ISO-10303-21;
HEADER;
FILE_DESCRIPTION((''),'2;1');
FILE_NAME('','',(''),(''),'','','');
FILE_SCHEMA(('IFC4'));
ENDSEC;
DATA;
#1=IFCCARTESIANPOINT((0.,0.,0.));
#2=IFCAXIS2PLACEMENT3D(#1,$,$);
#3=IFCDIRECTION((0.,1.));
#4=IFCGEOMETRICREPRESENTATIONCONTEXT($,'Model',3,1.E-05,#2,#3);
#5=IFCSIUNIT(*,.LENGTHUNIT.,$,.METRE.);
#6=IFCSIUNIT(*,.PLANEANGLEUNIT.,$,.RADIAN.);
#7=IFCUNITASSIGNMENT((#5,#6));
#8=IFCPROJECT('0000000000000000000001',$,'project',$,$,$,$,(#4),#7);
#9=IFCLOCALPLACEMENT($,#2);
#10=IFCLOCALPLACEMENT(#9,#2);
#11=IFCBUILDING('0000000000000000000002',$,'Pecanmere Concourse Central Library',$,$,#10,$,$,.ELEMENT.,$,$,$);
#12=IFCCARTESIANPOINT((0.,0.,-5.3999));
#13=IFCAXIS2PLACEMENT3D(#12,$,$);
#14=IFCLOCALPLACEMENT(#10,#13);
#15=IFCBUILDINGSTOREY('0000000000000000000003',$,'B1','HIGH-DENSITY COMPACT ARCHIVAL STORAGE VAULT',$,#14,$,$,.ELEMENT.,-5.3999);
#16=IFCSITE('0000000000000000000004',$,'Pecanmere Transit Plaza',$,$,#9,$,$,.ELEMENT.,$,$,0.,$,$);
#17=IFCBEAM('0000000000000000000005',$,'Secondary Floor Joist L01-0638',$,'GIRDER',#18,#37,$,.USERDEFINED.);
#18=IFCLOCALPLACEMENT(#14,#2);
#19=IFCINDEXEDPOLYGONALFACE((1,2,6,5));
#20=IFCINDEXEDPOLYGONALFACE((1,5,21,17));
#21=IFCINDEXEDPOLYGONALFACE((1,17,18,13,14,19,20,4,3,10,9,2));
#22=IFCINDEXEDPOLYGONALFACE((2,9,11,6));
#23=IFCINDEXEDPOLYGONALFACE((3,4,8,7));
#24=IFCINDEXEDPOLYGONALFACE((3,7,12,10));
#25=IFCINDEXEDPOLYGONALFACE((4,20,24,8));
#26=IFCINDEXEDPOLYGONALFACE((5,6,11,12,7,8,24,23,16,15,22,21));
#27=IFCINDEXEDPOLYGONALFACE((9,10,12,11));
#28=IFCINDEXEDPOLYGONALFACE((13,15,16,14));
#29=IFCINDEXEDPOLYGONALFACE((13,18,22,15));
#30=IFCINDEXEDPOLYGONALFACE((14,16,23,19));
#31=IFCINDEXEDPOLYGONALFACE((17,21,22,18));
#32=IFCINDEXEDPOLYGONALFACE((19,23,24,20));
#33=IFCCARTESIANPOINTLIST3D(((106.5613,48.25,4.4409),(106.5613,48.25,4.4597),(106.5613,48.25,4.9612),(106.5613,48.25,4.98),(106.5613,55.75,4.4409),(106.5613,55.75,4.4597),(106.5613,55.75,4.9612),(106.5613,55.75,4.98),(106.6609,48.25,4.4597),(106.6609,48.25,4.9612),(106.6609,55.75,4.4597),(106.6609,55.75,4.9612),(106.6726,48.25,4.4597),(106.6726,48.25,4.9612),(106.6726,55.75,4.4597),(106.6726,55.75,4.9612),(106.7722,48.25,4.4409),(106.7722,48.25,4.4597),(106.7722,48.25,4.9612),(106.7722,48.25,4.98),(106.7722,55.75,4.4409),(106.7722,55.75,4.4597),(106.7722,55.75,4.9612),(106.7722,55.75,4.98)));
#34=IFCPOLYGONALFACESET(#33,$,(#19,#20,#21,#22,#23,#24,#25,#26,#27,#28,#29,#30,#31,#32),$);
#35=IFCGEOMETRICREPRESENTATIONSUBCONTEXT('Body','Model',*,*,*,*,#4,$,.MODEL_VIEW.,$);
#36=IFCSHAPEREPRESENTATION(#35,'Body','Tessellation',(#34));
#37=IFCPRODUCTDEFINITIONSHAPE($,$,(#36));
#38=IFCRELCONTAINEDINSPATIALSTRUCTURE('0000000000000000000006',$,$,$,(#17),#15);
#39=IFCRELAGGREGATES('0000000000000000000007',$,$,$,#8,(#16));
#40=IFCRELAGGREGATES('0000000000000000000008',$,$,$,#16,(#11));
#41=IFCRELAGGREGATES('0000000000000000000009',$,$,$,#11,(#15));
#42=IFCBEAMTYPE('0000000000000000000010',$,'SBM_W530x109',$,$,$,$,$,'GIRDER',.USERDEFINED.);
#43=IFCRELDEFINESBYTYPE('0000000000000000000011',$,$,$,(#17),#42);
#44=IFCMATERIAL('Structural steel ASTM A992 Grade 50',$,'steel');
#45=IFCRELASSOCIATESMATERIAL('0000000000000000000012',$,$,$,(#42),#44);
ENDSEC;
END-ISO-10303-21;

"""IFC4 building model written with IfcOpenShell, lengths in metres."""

from ifc_helpers import new_model, si_unit, direction, frame, origin, origin_2d, place, context, subcontext, project, spatial, i_section, extrude, material, material_profile, profile_set, type_object, element, save


model = new_model("IFC4")

# Units and contexts
model_context = context("Model", 3, precision=1e-05, world=origin(), true_north=direction((0.0, 1.0)))
body_context = subcontext(model_context, "Body", "Model", "MODEL_VIEW")
ifc_project = project(units=[si_unit("LENGTHUNIT", "METRE"), si_unit("PLANEANGLEUNIT", "RADIAN")], contexts=[model_context])

# Site, building, storey
site_placement = place(None, origin())
site = spatial("IfcSite", under=ifc_project, at=site_placement, Name="Pecanmere Transit Plaza", CompositionType="ELEMENT", RefElevation=0.0)
building_placement = place(site_placement, origin())
building = spatial("IfcBuilding", under=site, at=building_placement, Name="Pecanmere Concourse Central Library", CompositionType="ELEMENT")
storey_placement = place(building_placement, frame((0.0, 0.0, -5.3999)))
storey = spatial("IfcBuildingStorey", under=building, at=storey_placement, Name="B1", Description="HIGH-DENSITY COMPACT ARCHIVAL STORAGE VAULT", CompositionType="ELEMENT", Elevation=-5.3999)

# Beam
ifc_material_1 = material(Name="Structural steel ASTM A992 Grade 50", Category="steel")
ifc_material_profile_1 = material_profile(ifc_material_1, i_section(OverallWidth=0.2109, OverallDepth=0.5391, WebThickness=0.0117, FlangeThickness=0.0188, at=origin_2d()), Name="W530x109")
ifc_profile_set_1 = profile_set([ifc_material_profile_1], Name="Structural steel ASTM A992 Grade 50")
beam_type_1 = type_object("IfcBeamType", Name="SBM_W530x109", ElementType="GIRDER", PredefinedType="USERDEFINED", material=ifc_profile_set_1)
beam_1_placement = place(storey_placement, frame((106.6667, 48.25, 4.7104), z_axis=(0.0, 1.0, 0.0), x_axis=(-1.0, 0.0, 0.0)))
element("IfcBeam", 1, at=beam_1_placement, inside=storey, type_object=beam_type_1, Name="Secondary Floor Joist L01-0638", ObjectType="GIRDER", PredefinedType="USERDEFINED", context=body_context, shape_type="SweptSolid", body=[
    extrude(i_section(OverallWidth=0.2109, OverallDepth=0.5391, WebThickness=0.0117, FlangeThickness=0.0188, at=origin_2d()), origin(), (0.0, 0.0, 1.0), 7.5),
])

save(model, "model.ifc")
